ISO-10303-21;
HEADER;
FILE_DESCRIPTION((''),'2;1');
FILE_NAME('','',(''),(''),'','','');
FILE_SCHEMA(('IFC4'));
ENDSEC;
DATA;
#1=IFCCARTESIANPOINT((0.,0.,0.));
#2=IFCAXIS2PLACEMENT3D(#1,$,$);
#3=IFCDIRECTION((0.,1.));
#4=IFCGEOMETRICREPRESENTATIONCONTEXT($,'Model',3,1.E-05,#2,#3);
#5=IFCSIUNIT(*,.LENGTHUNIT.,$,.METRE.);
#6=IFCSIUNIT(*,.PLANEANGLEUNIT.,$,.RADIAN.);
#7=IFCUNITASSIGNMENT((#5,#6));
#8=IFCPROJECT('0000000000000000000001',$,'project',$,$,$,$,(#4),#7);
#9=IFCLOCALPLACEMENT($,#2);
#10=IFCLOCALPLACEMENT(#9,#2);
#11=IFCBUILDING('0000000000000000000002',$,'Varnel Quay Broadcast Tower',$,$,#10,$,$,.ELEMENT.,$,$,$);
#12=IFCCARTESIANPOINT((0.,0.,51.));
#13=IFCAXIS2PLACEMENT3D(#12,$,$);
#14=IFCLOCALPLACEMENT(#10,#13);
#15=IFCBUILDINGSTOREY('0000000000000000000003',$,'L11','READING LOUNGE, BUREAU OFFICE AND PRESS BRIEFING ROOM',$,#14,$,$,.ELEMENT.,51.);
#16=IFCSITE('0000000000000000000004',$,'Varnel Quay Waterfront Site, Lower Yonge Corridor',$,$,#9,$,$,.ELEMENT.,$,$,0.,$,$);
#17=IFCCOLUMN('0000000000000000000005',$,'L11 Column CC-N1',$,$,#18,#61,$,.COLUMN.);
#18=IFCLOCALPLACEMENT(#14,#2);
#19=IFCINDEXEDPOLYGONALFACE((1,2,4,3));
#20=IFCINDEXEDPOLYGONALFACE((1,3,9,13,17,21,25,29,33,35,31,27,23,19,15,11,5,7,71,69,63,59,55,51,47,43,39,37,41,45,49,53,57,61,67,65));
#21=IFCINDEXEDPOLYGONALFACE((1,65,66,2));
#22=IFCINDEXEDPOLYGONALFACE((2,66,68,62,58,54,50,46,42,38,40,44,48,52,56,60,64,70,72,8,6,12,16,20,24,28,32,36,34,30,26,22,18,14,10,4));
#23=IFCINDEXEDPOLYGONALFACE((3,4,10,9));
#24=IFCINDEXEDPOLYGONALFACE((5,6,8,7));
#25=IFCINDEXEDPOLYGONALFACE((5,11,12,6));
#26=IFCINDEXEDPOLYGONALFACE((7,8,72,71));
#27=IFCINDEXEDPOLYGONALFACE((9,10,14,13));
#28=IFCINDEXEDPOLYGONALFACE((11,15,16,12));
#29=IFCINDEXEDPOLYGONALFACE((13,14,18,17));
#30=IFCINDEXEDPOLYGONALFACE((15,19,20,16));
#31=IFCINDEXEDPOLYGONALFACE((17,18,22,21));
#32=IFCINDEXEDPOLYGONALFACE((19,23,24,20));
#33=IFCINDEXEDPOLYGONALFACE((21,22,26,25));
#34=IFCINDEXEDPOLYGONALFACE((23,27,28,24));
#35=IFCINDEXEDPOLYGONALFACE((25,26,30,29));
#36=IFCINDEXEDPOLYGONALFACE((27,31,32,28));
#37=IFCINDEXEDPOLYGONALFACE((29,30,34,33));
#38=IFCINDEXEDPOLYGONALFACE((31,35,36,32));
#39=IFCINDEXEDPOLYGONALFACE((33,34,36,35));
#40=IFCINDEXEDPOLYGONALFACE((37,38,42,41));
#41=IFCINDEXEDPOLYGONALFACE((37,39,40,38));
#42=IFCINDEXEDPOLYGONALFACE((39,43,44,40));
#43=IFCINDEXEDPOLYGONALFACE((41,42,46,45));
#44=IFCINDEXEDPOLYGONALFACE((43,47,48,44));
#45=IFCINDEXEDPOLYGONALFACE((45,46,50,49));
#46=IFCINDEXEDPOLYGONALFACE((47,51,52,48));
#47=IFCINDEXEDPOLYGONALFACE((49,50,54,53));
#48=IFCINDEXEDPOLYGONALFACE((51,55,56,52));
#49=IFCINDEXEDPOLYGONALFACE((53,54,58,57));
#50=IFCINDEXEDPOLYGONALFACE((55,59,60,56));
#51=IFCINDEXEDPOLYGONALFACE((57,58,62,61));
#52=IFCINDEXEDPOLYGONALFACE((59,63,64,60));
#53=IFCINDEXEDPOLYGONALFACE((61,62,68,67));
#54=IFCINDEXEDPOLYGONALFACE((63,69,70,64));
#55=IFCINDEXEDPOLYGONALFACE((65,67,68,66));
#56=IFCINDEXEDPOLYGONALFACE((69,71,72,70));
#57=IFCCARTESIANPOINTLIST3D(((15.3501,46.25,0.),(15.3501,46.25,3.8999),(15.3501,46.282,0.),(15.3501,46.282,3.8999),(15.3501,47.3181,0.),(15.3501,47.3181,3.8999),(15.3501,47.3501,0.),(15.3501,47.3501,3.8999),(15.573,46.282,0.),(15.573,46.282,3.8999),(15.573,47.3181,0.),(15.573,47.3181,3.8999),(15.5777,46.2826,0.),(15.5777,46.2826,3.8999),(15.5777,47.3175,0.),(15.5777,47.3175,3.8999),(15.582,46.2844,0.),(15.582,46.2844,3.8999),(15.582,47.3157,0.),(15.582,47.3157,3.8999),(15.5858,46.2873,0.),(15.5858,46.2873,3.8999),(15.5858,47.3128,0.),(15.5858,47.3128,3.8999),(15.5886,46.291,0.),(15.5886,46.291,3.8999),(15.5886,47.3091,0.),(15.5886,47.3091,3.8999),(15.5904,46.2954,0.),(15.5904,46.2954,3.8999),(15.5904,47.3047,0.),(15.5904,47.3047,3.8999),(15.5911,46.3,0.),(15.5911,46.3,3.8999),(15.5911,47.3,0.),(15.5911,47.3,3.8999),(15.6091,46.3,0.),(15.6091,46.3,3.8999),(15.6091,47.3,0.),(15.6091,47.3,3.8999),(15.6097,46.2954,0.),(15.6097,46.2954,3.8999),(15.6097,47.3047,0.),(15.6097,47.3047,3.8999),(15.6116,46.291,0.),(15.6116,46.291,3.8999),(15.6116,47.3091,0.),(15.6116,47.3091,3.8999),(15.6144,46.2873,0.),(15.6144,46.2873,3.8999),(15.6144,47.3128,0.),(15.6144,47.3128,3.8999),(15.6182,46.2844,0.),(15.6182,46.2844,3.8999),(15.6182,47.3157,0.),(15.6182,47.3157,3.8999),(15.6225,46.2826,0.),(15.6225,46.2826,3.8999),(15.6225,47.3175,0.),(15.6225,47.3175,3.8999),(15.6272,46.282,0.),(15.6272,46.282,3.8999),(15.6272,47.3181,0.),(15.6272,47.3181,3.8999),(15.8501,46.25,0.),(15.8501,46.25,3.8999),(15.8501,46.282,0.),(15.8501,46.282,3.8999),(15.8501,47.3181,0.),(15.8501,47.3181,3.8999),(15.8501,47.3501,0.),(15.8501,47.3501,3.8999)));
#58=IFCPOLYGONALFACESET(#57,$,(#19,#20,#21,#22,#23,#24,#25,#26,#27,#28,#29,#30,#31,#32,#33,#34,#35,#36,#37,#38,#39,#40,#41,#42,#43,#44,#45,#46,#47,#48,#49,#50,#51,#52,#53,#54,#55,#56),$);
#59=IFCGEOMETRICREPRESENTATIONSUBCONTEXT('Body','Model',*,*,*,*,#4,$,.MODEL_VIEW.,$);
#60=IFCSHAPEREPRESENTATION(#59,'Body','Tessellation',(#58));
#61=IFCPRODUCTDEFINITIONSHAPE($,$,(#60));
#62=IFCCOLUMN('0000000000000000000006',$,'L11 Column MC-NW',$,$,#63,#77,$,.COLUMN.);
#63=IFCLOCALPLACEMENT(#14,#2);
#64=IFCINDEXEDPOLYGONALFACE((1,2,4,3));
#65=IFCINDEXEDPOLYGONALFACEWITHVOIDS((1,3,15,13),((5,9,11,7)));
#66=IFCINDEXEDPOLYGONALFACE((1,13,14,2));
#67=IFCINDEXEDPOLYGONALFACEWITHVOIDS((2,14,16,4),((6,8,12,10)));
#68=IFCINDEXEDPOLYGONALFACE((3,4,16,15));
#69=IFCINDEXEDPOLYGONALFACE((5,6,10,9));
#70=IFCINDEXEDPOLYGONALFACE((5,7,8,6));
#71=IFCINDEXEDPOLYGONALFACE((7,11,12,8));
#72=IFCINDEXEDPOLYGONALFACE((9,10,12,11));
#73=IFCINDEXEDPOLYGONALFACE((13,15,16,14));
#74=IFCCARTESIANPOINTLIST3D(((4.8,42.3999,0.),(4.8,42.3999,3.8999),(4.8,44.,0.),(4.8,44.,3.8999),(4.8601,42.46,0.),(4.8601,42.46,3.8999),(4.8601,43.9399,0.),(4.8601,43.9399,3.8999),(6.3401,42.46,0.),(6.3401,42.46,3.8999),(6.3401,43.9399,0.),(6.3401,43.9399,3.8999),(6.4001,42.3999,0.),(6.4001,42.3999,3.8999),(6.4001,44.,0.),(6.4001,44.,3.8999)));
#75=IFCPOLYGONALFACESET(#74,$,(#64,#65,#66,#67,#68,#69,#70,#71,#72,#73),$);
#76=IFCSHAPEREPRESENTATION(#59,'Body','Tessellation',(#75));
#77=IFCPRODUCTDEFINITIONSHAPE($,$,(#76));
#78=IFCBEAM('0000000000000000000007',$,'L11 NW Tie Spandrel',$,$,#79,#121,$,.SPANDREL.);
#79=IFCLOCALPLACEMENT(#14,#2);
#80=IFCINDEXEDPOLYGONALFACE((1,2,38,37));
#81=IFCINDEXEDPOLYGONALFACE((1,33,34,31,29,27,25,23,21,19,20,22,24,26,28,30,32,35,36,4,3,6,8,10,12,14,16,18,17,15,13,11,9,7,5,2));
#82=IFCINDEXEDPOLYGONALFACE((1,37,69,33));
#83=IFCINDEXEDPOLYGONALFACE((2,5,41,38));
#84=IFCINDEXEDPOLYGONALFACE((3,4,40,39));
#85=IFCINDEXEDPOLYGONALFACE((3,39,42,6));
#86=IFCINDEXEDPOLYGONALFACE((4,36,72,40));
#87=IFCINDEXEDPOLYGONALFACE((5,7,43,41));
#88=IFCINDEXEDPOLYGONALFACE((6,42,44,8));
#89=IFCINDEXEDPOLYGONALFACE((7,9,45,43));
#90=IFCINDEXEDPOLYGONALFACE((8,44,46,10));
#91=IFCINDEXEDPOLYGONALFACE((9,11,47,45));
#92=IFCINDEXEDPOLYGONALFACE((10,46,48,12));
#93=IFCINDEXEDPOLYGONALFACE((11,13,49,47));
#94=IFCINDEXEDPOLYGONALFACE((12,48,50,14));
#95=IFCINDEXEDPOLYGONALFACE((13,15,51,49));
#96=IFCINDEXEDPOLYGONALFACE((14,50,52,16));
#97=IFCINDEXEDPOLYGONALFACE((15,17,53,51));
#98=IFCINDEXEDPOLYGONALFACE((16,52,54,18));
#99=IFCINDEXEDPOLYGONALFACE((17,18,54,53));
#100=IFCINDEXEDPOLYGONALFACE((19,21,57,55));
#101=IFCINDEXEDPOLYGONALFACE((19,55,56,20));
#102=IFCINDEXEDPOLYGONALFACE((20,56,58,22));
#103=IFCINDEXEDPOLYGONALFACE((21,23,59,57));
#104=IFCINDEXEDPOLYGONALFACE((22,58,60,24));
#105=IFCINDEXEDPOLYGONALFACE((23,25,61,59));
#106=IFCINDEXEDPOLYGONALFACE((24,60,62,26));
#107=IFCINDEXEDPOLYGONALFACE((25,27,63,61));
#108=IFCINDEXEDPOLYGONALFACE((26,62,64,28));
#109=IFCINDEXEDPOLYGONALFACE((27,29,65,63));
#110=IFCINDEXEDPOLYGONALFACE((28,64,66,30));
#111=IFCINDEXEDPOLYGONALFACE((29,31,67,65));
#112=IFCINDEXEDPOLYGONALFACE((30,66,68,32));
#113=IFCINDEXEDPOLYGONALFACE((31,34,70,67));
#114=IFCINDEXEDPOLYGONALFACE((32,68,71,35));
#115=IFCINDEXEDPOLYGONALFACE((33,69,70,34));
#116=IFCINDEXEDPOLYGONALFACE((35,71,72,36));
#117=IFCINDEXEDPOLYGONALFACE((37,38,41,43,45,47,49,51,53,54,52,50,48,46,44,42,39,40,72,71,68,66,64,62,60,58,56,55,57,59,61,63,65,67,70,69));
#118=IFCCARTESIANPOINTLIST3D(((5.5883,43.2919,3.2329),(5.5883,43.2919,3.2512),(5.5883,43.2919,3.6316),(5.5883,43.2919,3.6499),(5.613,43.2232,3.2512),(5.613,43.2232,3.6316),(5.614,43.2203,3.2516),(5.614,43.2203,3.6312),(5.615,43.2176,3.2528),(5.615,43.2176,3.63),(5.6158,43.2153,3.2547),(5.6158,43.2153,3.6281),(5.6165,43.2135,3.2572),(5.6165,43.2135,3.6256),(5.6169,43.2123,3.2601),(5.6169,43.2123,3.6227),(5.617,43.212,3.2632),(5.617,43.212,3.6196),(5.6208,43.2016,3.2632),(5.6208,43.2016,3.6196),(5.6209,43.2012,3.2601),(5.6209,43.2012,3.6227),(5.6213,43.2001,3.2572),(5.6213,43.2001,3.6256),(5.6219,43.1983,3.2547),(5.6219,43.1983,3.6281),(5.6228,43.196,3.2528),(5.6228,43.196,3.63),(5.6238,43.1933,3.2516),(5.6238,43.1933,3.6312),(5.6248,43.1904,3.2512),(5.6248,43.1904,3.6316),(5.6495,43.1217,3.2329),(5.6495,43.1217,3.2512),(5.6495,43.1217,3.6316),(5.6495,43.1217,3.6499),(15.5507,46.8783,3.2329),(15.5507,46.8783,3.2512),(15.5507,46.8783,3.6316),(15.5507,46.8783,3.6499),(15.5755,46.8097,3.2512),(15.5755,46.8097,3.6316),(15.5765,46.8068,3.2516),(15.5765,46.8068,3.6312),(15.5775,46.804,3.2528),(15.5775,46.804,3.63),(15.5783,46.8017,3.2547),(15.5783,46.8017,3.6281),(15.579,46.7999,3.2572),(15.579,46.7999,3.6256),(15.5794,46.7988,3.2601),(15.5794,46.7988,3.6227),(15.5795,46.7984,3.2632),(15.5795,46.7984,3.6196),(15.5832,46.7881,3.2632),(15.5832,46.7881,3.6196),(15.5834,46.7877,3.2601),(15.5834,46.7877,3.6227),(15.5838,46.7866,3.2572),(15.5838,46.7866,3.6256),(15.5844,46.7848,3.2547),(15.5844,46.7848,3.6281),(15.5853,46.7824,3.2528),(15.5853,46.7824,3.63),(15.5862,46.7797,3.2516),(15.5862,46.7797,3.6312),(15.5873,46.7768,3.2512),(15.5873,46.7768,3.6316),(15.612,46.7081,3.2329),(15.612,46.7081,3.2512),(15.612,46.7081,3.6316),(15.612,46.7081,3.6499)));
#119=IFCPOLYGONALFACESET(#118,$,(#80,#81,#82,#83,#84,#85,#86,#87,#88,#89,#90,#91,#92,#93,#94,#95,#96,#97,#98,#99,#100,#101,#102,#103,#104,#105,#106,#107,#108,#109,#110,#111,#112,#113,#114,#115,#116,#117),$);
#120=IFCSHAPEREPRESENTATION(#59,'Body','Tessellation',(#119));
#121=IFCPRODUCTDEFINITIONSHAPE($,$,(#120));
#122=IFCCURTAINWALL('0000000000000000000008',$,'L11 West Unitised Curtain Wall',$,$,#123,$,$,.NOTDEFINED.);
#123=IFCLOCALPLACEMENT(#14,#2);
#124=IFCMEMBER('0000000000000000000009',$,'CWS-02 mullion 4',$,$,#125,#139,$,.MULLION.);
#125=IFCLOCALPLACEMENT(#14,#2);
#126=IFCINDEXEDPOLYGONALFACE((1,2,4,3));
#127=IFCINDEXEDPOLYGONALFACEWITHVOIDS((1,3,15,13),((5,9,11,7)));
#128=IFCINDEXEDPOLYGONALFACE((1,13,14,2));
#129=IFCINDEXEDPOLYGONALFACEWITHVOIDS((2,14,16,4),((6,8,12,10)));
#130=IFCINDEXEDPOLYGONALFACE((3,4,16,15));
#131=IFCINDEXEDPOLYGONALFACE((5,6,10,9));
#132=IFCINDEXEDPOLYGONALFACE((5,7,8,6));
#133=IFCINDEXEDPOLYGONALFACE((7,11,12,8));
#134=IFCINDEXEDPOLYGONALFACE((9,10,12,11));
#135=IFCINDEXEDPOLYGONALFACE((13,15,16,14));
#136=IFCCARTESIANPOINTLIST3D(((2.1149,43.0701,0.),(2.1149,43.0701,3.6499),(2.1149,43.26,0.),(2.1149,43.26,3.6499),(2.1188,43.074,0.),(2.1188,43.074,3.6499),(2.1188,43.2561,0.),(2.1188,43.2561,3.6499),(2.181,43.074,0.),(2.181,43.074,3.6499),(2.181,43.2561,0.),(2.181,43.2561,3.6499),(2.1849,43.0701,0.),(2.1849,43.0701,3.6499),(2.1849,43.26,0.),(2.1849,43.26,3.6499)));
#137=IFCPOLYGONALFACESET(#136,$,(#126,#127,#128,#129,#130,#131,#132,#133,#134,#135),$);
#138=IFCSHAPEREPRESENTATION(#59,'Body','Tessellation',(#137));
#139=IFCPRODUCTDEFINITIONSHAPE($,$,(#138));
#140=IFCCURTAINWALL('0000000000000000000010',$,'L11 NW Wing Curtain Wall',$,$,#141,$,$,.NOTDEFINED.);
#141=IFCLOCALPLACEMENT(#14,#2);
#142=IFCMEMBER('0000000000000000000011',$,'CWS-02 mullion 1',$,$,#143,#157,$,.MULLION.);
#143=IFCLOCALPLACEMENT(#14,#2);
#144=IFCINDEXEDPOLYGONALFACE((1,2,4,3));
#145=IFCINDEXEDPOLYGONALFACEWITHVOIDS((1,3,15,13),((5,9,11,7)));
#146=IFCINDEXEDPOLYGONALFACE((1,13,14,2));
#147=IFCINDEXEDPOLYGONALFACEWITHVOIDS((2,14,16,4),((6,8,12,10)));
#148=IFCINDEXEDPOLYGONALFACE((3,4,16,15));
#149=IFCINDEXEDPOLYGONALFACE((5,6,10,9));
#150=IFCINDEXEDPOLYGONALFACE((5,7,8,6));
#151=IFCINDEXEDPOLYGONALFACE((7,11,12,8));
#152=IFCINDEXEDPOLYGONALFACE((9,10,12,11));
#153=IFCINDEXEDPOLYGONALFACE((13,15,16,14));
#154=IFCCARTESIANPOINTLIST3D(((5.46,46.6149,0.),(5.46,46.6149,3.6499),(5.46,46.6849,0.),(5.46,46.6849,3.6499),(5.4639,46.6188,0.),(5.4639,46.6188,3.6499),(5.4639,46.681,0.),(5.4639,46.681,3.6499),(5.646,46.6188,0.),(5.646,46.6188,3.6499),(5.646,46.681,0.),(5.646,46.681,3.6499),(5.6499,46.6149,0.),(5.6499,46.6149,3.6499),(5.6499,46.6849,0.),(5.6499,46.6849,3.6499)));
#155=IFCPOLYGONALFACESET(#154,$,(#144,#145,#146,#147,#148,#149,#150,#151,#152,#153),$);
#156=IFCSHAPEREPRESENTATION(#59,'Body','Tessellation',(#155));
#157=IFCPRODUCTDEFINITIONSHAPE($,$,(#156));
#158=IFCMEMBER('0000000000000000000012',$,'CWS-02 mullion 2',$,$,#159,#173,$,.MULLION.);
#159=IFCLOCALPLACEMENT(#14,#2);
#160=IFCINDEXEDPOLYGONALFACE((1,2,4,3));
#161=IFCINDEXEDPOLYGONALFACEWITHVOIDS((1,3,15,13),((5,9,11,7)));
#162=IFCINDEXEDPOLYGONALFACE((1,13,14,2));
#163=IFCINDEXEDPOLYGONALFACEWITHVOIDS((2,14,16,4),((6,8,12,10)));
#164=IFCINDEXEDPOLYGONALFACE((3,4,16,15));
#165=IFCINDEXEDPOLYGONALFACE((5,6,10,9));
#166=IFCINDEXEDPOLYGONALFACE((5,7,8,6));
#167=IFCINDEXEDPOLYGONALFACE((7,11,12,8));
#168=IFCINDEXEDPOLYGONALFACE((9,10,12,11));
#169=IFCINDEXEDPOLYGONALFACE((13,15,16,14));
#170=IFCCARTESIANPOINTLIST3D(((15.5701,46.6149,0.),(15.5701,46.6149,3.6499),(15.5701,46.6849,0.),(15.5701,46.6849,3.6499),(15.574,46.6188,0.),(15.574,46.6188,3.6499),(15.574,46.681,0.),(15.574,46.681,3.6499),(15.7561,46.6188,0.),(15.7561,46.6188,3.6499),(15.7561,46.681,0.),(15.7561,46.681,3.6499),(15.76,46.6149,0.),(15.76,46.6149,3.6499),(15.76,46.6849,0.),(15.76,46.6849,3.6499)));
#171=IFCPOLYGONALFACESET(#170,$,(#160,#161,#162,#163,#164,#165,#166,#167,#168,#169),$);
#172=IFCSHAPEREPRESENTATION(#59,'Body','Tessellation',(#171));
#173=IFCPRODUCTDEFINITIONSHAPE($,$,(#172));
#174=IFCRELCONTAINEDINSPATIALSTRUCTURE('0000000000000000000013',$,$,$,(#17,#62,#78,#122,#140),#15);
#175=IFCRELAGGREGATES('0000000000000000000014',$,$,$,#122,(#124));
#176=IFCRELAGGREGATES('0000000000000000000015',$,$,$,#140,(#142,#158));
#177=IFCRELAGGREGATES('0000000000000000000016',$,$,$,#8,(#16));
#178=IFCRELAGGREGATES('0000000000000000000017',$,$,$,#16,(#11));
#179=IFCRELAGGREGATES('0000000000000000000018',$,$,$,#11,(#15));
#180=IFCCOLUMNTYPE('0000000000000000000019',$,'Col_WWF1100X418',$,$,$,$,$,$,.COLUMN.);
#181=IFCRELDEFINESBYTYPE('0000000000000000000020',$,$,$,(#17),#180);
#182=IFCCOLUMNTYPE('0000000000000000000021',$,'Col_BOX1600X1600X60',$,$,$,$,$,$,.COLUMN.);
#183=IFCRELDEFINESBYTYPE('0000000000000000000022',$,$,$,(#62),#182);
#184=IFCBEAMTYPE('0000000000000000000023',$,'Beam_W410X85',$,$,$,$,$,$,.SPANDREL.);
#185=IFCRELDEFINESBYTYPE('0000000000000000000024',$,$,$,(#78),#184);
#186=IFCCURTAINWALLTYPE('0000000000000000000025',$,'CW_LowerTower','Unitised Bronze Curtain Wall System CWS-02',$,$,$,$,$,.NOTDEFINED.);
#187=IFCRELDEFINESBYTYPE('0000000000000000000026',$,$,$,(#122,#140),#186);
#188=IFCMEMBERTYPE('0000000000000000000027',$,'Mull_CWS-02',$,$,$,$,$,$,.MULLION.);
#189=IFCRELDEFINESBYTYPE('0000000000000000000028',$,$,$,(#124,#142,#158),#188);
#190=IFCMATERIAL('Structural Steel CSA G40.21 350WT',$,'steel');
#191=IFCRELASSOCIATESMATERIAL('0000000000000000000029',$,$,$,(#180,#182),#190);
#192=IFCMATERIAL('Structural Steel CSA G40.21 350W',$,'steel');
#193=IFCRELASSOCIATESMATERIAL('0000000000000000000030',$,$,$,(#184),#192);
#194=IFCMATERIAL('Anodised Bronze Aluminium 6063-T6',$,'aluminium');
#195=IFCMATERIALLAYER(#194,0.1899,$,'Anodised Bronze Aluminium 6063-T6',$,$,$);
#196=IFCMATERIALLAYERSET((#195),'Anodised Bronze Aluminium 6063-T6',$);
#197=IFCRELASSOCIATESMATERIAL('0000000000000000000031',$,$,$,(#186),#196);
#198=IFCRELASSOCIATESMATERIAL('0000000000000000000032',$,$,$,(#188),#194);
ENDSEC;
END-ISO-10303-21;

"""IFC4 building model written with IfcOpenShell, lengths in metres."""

from ifc_helpers import new_model, si_unit, direction, frame, origin, origin_2d, place, context, subcontext, project, spatial, hollow_rectangle, i_section, extrude, source, transform, mapped, material, layer, layer_set, material_profile, profile_set, type_object, type_shapes, element, aggregate, save


model = new_model("IFC4")

# Units and contexts
model_context = context("Model", 3, precision=1e-05, world=origin(), true_north=direction((0.0, 1.0)))
body_context = subcontext(model_context, "Body", "Model", "MODEL_VIEW")
ifc_project = project(units=[si_unit("LENGTHUNIT", "METRE"), si_unit("PLANEANGLEUNIT", "RADIAN")], contexts=[model_context])

# Site, building, storey
site_placement = place(None, origin())
site = spatial("IfcSite", under=ifc_project, at=site_placement, Name="Varnel Quay Waterfront Site, Lower Yonge Corridor", CompositionType="ELEMENT", RefElevation=0.0)
building_placement = place(site_placement, origin())
building = spatial("IfcBuilding", under=site, at=building_placement, Name="Varnel Quay Broadcast Tower", CompositionType="ELEMENT")
storey_placement = place(building_placement, frame((0.0, 0.0, 51.0)))
storey = spatial("IfcBuildingStorey", under=building, at=storey_placement, Name="L11", Description="READING LOUNGE, BUREAU OFFICE AND PRESS BRIEFING ROOM", CompositionType="ELEMENT", Elevation=51.0)

# Columns
ifc_material_1 = material(Name="Structural Steel CSA G40.21 350WT", Category="steel")
ifc_material_profile_1 = material_profile(ifc_material_1, i_section(OverallWidth=0.5, OverallDepth=1.1001, WebThickness=0.0181, FlangeThickness=0.032, FilletRadius=0.0181, at=origin_2d()), Name="WWF1100X418")
ifc_profile_set_1 = profile_set([ifc_material_profile_1], Name="Structural Steel CSA G40.21 350WT")
column_type_1 = type_object("IfcColumnType", Name="Col_WWF1100X418", PredefinedType="COLUMN", material=ifc_profile_set_1)
shared_shape_1 = source(origin(), body_context, "Body", "SweptSolid", [
    extrude(i_section(OverallWidth=0.5, OverallDepth=1.1001, WebThickness=0.0181, FlangeThickness=0.032, FilletRadius=0.0181, at=origin_2d()), origin(), (0.0, 0.0, 1.0), 3.8999),
])
type_shapes(column_type_1, [shared_shape_1])
column_1_placement = place(storey_placement, frame((15.6001, 46.8, 0.0), z_axis=(0.0, 0.0, 1.0), x_axis=(1.0, 0.0, 0.0)))
element("IfcColumn", 1, at=column_1_placement, inside=storey, type_object=column_type_1, Name="L11 Column CC-N1", PredefinedType="COLUMN", context=body_context, shape_type="MappedRepresentation", body=[
    mapped(shared_shape_1, transform((0.0, 0.0, 0.0), x_axis=(1.0, 0.0, 0.0), y_axis=(0.0, 1.0, 0.0), z_axis=(0.0, 0.0, 1.0), scale=1.0)),
])
ifc_material_profile_2 = material_profile(ifc_material_1, hollow_rectangle(XDim=1.6001, YDim=1.6001, WallThickness=0.0601, at=origin_2d()), Name="BOX1600X1600X60")
ifc_profile_set_2 = profile_set([ifc_material_profile_2], Name="Structural Steel CSA G40.21 350WT")
column_type_2 = type_object("IfcColumnType", Name="Col_BOX1600X1600X60", PredefinedType="COLUMN", material=ifc_profile_set_2)
shared_shape_2 = source(origin(), body_context, "Body", "SweptSolid", [
    extrude(hollow_rectangle(XDim=1.6001, YDim=1.6001, WallThickness=0.0601, at=origin_2d()), origin(), (0.0, 0.0, 1.0), 3.8999),
])
type_shapes(column_type_2, [shared_shape_2])
column_2_placement = place(storey_placement, frame((5.6001, 43.2, 0.0), z_axis=(0.0, 0.0, 1.0), x_axis=(1.0, 0.0, 0.0)))
element("IfcColumn", 2, at=column_2_placement, inside=storey, type_object=column_type_2, Name="L11 Column MC-NW", PredefinedType="COLUMN", context=body_context, shape_type="MappedRepresentation", body=[
    mapped(shared_shape_2, transform((0.0, 0.0, 0.0), x_axis=(1.0, 0.0, 0.0), y_axis=(0.0, 1.0, 0.0), z_axis=(0.0, 0.0, 1.0), scale=1.0)),
])

# Beam
ifc_material_2 = material(Name="Structural Steel CSA G40.21 350W", Category="steel")
ifc_material_profile_3 = material_profile(ifc_material_2, i_section(OverallWidth=0.1809, OverallDepth=0.417, WebThickness=0.011, FlangeThickness=0.0183, FilletRadius=0.012, at=origin_2d()), Name="W410X85")
ifc_profile_set_3 = profile_set([ifc_material_profile_3], Name="Structural Steel CSA G40.21 350W")
beam_type = type_object("IfcBeamType", Name="Beam_W410X85", PredefinedType="SPANDREL", material=ifc_profile_set_3)
shared_shape_3 = source(origin(), body_context, "Body", "SweptSolid", [
    extrude(i_section(OverallWidth=0.1809, OverallDepth=0.417, WebThickness=0.011, FlangeThickness=0.0183, FilletRadius=0.012, at=origin_2d()), origin(), (0.0, 0.0, 1.0), 10.5884),
])
type_shapes(beam_type, [shared_shape_3])
beam_placement = place(storey_placement, frame((5.6189, 43.2068, 3.4414), z_axis=(0.940889, 0.338716, 0.0), x_axis=(-0.338716, 0.940889, 0.0)))
element("IfcBeam", 3, at=beam_placement, inside=storey, type_object=beam_type, Name="L11 NW Tie Spandrel", PredefinedType="SPANDREL", context=body_context, shape_type="MappedRepresentation", body=[
    mapped(shared_shape_3, transform((0.0, 0.0, 0.0), x_axis=(1.0, 0.0, 0.0), y_axis=(0.0, 1.0, 0.0), z_axis=(0.0, 0.0, 1.0), scale=1.0)),
])

# Curtain wall, member
ifc_material_3 = material(Name="Anodised Bronze Aluminium 6063-T6", Category="aluminium")
ifc_layer_1 = layer(ifc_material_3, 0.1899, Name="Anodised Bronze Aluminium 6063-T6")
ifc_layer_set_1 = layer_set([ifc_layer_1], Name="Anodised Bronze Aluminium 6063-T6")
curtain_wall_type = type_object("IfcCurtainWallType", Name="CW_LowerTower", Description="Unitised Bronze Curtain Wall System CWS-02", PredefinedType="NOTDEFINED", material=ifc_layer_set_1)
curtain_wall_1_placement = place(storey_placement, origin())
curtain_wall_1 = element("IfcCurtainWall", 4, at=curtain_wall_1_placement, inside=storey, type_object=curtain_wall_type, Name="L11 West Unitised Curtain Wall", PredefinedType="NOTDEFINED")
ifc_material_profile_4 = material_profile(ifc_material_3, hollow_rectangle(XDim=0.0701, YDim=0.1899, WallThickness=0.0039, at=origin_2d()), Name="ALU70X190X4")
ifc_profile_set_4 = profile_set([ifc_material_profile_4], Name="Anodised Bronze Aluminium 6063-T6")
member_type_1 = type_object("IfcMemberType", Name="Mull_CWS-02", PredefinedType="MULLION", material=ifc_profile_set_4)
shared_shape_4 = source(origin(), body_context, "Body", "SweptSolid", [
    extrude(hollow_rectangle(XDim=0.0701, YDim=0.1899, WallThickness=0.0039, at=origin_2d()), origin(), (0.0, 0.0, 1.0), 3.6499),
])
type_shapes(member_type_1, [shared_shape_4])
member_1_placement = place(storey_placement, frame((2.1499, 43.165, 0.0), z_axis=(0.0, 0.0, 1.0), x_axis=(-1.0, 0.0, 0.0)))
member_1 = element("IfcMember", 5, at=member_1_placement, type_object=member_type_1, Name="CWS-02 mullion 4", PredefinedType="MULLION", context=body_context, shape_type="MappedRepresentation", body=[
    mapped(shared_shape_4, transform((0.0, 0.0, 0.0), x_axis=(1.0, 0.0, 0.0), y_axis=(0.0, 1.0, 0.0), z_axis=(0.0, 0.0, 1.0), scale=1.0)),
])

# Curtain wall, members
curtain_wall_2_placement = place(storey_placement, origin())
curtain_wall_2 = element("IfcCurtainWall", 6, at=curtain_wall_2_placement, inside=storey, type_object=curtain_wall_type, Name="L11 NW Wing Curtain Wall", PredefinedType="NOTDEFINED")
member_2_placement = place(storey_placement, frame((5.5549, 46.6499, 0.0), z_axis=(0.0, 0.0, 1.0), x_axis=(0.0, 1.0, 0.0)))
member_2 = element("IfcMember", 7, at=member_2_placement, type_object=member_type_1, Name="CWS-02 mullion 1", PredefinedType="MULLION", context=body_context, shape_type="MappedRepresentation", body=[
    mapped(shared_shape_4, transform((0.0, 0.0, 0.0), x_axis=(1.0, 0.0, 0.0), y_axis=(0.0, 1.0, 0.0), z_axis=(0.0, 0.0, 1.0), scale=1.0)),
])
member_3_placement = place(storey_placement, frame((15.665, 46.6499, 0.0), z_axis=(0.0, 0.0, 1.0), x_axis=(0.0, 1.0, 0.0)))
member_3 = element("IfcMember", 8, at=member_3_placement, type_object=member_type_1, Name="CWS-02 mullion 2", PredefinedType="MULLION", context=body_context, shape_type="MappedRepresentation", body=[
    mapped(shared_shape_4, transform((0.0, 0.0, 0.0), x_axis=(1.0, 0.0, 0.0), y_axis=(0.0, 1.0, 0.0), z_axis=(0.0, 0.0, 1.0), scale=1.0)),
])

aggregate(curtain_wall_1, [member_1])
aggregate(curtain_wall_2, [member_2, member_3])

save(model, "model.ifc")
